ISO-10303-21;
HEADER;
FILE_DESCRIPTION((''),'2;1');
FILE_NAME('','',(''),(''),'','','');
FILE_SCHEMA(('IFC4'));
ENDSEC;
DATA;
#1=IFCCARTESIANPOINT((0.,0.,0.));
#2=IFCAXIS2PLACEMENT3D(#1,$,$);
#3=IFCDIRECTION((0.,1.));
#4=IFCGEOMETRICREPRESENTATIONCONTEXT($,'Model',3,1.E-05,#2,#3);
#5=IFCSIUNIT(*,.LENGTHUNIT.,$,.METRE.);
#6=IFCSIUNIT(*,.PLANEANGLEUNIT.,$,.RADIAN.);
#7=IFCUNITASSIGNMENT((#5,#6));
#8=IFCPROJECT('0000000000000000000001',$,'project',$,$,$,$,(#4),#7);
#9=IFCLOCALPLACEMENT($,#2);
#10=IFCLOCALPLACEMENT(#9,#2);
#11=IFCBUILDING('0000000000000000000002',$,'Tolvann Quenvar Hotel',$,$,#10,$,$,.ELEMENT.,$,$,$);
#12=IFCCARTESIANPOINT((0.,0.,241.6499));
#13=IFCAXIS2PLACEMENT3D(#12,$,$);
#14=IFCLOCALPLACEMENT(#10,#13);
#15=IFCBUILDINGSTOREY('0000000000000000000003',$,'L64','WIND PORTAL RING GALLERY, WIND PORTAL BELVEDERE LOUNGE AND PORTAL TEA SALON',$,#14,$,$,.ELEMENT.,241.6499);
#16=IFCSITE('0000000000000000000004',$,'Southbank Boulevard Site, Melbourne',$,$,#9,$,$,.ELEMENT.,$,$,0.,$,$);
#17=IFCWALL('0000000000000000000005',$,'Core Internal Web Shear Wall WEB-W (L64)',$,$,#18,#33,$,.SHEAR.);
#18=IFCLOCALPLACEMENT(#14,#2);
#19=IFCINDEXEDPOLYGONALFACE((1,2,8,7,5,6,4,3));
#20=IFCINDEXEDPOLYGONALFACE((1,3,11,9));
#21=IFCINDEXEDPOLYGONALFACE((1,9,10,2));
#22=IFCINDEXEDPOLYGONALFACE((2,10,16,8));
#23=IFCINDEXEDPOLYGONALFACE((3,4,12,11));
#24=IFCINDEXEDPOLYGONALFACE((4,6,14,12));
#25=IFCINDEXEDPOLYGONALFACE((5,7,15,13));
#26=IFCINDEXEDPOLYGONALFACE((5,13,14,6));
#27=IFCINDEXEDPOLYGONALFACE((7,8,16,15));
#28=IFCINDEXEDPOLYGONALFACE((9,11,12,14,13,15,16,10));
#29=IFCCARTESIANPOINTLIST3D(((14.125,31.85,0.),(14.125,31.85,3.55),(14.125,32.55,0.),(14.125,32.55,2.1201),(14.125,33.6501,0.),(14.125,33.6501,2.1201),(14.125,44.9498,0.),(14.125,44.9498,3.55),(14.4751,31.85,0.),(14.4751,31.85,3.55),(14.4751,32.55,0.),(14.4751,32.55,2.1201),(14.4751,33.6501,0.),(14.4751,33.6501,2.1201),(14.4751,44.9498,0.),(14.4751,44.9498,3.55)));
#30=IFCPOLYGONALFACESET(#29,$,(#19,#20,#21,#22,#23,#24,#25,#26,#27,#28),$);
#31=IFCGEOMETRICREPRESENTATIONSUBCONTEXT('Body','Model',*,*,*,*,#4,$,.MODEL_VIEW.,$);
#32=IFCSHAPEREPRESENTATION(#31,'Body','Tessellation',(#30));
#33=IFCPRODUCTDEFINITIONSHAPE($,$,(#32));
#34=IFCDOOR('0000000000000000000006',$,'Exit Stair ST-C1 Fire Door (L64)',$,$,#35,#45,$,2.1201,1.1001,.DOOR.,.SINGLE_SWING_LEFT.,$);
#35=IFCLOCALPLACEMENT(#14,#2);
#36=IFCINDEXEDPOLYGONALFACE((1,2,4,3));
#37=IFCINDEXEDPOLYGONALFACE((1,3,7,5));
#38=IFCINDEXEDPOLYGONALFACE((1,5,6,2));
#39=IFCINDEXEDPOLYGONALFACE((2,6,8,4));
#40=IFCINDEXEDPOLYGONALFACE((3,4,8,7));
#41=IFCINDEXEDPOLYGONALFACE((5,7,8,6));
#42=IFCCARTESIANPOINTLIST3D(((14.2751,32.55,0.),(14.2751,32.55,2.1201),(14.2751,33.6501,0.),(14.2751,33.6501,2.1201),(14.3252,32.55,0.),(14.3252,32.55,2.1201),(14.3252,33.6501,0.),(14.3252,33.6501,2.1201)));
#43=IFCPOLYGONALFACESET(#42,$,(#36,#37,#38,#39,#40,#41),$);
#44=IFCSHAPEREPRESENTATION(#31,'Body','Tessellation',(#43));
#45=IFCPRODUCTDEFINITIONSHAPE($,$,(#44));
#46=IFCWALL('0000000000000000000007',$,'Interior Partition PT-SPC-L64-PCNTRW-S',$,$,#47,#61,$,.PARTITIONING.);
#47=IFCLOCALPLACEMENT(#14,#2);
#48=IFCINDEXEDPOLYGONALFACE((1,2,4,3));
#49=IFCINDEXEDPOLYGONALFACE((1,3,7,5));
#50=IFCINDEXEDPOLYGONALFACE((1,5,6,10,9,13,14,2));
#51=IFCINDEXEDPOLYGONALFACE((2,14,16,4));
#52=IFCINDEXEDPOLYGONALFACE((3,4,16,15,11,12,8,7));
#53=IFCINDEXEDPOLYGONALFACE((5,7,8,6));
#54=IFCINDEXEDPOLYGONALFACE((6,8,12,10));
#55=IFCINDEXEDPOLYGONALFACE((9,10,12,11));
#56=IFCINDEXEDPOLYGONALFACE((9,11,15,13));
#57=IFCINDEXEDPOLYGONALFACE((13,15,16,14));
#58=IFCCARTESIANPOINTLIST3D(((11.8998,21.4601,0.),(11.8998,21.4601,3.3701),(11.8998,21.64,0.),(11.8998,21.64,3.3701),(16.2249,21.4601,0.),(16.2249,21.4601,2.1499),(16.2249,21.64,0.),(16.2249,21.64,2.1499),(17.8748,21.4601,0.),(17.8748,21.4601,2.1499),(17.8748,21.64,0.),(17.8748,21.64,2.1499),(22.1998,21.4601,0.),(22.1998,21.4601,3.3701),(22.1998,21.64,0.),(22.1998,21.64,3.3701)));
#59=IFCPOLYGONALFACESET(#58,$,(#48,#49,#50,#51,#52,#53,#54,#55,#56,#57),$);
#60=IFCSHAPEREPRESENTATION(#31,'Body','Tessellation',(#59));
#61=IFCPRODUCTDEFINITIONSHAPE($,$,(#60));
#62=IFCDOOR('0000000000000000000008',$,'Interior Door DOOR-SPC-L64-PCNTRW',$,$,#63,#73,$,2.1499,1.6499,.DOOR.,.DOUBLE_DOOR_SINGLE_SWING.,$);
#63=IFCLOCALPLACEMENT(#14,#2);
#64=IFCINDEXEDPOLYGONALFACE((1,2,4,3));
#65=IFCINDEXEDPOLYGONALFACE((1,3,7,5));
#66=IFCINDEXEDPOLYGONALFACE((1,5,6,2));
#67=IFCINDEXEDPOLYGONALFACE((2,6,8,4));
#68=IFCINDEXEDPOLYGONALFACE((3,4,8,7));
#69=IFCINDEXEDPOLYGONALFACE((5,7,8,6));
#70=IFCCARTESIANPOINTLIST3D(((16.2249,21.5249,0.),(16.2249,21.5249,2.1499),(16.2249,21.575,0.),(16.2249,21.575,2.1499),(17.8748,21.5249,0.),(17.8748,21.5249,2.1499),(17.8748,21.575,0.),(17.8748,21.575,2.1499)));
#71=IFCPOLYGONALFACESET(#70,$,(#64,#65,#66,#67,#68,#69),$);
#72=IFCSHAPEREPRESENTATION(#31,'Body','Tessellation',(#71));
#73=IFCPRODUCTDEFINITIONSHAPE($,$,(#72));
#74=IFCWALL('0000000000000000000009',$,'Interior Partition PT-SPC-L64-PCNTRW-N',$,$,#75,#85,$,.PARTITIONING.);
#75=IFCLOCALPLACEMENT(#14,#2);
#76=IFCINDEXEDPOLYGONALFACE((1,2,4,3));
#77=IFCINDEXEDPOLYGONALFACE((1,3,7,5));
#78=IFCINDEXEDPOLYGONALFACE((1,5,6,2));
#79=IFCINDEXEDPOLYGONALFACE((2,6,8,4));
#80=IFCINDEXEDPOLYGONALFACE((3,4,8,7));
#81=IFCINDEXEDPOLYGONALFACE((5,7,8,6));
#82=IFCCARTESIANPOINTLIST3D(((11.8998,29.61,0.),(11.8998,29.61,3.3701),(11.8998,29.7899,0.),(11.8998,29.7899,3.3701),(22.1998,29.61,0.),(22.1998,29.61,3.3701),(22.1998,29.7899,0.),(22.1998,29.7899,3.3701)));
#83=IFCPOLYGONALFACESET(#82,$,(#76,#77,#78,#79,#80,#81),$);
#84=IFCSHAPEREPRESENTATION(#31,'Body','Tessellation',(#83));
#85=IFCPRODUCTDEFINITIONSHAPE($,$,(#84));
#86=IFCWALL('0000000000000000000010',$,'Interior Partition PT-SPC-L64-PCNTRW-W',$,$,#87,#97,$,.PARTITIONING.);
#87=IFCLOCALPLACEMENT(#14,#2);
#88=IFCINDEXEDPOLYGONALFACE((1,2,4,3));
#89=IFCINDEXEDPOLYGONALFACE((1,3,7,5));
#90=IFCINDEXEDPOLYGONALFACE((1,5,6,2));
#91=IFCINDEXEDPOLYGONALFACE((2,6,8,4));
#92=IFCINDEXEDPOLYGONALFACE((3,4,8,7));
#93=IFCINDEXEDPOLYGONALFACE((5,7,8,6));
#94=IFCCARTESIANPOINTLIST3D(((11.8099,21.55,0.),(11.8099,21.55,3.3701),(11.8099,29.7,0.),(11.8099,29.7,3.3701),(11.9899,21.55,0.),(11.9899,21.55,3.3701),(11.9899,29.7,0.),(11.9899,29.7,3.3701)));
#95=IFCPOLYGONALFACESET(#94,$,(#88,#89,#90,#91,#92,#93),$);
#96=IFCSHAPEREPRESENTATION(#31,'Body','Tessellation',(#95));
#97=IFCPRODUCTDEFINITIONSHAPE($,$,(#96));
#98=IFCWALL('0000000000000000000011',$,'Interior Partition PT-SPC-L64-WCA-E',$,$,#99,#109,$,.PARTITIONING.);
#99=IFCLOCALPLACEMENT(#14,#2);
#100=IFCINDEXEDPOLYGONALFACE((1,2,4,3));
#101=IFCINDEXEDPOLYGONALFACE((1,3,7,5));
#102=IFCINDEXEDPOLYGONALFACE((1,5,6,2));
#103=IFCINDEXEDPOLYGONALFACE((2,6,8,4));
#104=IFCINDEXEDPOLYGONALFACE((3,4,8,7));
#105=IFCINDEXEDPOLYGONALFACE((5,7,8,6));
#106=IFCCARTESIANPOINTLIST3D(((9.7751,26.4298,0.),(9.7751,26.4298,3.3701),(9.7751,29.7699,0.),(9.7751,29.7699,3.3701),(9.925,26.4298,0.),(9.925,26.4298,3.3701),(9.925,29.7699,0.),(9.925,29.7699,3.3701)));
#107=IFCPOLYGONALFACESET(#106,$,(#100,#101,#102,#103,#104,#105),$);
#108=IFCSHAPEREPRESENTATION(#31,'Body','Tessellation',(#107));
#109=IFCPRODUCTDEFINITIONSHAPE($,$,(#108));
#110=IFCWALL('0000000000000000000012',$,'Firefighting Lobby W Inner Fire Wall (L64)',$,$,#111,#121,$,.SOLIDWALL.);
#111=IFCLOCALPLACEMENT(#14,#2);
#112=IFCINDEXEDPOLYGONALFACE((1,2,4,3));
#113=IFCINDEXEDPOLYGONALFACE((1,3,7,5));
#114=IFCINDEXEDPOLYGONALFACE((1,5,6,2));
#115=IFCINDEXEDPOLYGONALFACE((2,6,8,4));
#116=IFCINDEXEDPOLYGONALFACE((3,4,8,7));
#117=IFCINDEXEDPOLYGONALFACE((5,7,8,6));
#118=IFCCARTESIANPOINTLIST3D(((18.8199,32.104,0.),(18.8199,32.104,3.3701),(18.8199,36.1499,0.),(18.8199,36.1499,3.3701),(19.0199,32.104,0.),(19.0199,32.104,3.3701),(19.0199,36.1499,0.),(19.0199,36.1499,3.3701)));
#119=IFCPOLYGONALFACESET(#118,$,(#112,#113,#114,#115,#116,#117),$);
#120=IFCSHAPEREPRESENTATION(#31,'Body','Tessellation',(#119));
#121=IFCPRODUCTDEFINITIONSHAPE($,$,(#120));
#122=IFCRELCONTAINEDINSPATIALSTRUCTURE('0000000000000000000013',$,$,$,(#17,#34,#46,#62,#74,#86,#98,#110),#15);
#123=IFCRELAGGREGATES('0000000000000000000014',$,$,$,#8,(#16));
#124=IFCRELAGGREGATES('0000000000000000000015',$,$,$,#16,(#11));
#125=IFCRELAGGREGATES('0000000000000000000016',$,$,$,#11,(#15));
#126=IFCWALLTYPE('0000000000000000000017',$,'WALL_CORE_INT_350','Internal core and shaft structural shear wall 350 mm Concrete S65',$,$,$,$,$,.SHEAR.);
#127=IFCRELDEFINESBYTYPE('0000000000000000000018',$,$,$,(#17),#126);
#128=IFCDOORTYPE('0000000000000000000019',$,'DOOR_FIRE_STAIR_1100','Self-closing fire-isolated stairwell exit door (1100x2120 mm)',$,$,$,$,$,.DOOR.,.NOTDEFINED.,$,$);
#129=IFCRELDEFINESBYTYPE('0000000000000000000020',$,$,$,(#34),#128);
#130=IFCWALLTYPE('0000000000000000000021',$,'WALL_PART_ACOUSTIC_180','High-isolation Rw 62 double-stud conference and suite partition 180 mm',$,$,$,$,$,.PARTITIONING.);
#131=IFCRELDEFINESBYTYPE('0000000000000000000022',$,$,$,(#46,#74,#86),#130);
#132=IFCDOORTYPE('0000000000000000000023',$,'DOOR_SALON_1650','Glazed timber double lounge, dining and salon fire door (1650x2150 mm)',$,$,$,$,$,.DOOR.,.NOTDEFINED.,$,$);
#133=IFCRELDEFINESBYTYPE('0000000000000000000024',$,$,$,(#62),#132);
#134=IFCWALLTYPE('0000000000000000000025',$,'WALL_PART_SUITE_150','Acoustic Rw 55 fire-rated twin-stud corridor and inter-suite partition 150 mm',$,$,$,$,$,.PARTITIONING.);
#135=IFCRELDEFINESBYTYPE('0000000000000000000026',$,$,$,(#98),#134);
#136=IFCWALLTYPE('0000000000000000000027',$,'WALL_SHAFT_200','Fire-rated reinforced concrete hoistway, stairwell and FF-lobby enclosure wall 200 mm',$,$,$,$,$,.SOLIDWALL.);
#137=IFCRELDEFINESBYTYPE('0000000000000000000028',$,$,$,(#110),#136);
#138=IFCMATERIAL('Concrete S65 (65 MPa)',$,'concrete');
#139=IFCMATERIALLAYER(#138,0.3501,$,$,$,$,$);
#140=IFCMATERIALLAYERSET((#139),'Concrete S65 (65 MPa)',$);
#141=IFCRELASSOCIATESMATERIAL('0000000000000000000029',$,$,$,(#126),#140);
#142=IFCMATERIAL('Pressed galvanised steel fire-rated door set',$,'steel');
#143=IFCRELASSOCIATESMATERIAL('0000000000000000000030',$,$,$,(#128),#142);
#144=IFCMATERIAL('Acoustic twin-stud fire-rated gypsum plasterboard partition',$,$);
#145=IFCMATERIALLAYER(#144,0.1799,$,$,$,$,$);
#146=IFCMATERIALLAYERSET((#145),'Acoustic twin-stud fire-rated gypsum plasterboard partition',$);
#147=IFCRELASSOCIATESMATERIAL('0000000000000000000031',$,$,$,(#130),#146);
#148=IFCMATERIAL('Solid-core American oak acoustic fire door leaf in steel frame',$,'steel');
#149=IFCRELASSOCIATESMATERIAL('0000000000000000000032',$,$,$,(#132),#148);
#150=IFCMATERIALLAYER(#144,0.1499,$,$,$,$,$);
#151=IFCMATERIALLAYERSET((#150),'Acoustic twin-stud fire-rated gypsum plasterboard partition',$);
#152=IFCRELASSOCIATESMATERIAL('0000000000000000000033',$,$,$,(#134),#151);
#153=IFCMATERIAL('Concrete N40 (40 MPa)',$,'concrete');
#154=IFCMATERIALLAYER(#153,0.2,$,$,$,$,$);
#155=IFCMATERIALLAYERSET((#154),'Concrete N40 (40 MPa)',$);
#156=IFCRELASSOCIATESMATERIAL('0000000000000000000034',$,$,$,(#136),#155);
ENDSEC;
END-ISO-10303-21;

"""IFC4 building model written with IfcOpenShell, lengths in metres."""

from ifc_helpers import new_model, si_unit, direction, frame, frame_2d, origin, place, context, subcontext, project, spatial, rectangle, extrude, source, transform, mapped, material, layer, layer_set, type_object, type_shapes, element, fill, save


model = new_model("IFC4")

# Units and contexts
model_context = context("Model", 3, precision=1e-05, world=origin(), true_north=direction((0.0, 1.0)))
body_context = subcontext(model_context, "Body", "Model", "MODEL_VIEW")
ifc_project = project(units=[si_unit("LENGTHUNIT", "METRE"), si_unit("PLANEANGLEUNIT", "RADIAN")], contexts=[model_context])

# Site, building, storey
site_placement = place(None, origin())
site = spatial("IfcSite", under=ifc_project, at=site_placement, Name="Southbank Boulevard Site, Melbourne", CompositionType="ELEMENT", RefElevation=0.0)
building_placement = place(site_placement, origin())
building = spatial("IfcBuilding", under=site, at=building_placement, Name="Tolvann Quenvar Hotel", CompositionType="ELEMENT")
storey_placement = place(building_placement, frame((0.0, 0.0, 241.6499)))
storey = spatial("IfcBuildingStorey", under=building, at=storey_placement, Name="L64", Description="WIND PORTAL RING GALLERY, WIND PORTAL BELVEDERE LOUNGE AND PORTAL TEA SALON", CompositionType="ELEMENT", Elevation=241.6499)

# Shared definitions
ifc_material_1 = material(Name="Solid-core American oak acoustic fire door leaf in steel frame", Category="steel")

# Walls, openings, doors
ifc_material_2 = material(Name="Concrete S65 (65 MPa)", Category="concrete")
ifc_layer_1 = layer(ifc_material_2, 0.3501)
ifc_layer_set_1 = layer_set([ifc_layer_1], Name="Concrete S65 (65 MPa)")
wall_type_1 = type_object("IfcWallType", Name="WALL_CORE_INT_350", Description="Internal core and shaft structural shear wall 350 mm Concrete S65", PredefinedType="SHEAR", material=ifc_layer_set_1)
wall_1_placement = place(storey_placement, frame((14.3, 31.8501, 0.0), z_axis=(0.0, 0.0, 1.0), x_axis=(0.0, 1.0, 0.0)))
wall_1 = element("IfcWall", 1, at=wall_1_placement, inside=storey, type_object=wall_type_1, Name="Core Internal Web Shear Wall WEB-W (L64)", PredefinedType="SHEAR", context=body_context, shape_type="SweptSolid", body=[
    extrude(rectangle(XDim=13.0999, YDim=0.3501, at=frame_2d((6.5498, 0.0))), origin(), (0.0, 0.0, 1.0), 3.55),
])
opening_1_placement = place(wall_1_placement, frame((0.7, 0.0, 0.0)))
opening_1 = element("IfcOpeningElement", 2, at=opening_1_placement, cuts=wall_1, PredefinedType="OPENING", context=body_context, shape_type="SweptSolid", body=[
    extrude(rectangle(XDim=1.1001, YDim=2.1201, at=frame_2d((0.55, 1.0601))), frame((0.0, 0.1851, 0.0), z_axis=(0.0, -1.0, 0.0), x_axis=(1.0, 0.0, 0.0)), (0.0, 0.0, 1.0), 0.3701),
])
ifc_material_3 = material(Name="Pressed galvanised steel fire-rated door set", Category="steel")
door_type_1 = type_object("IfcDoorType", Name="DOOR_FIRE_STAIR_1100", Description="Self-closing fire-isolated stairwell exit door (1100x2120 mm)", OperationType="NOTDEFINED", PredefinedType="DOOR", material=ifc_material_3)
shared_shape_1 = source(origin(), body_context, "Body", "SweptSolid", [
    extrude(rectangle(XDim=1.1001, YDim=2.1201, at=frame_2d((0.55, 1.0601))), frame((0.0, 0.0249, 0.0), z_axis=(0.0, -1.0, 0.0), x_axis=(1.0, 0.0, 0.0)), (0.0, 0.0, 1.0), 0.05),
])
type_shapes(door_type_1, [shared_shape_1])
door_1_placement = place(opening_1_placement, origin())
door_1 = element("IfcDoor", 3, at=door_1_placement, inside=storey, type_object=door_type_1, Name="Exit Stair ST-C1 Fire Door (L64)", OperationType="SINGLE_SWING_LEFT", OverallHeight=2.1201, OverallWidth=1.1001, PredefinedType="DOOR", context=body_context, shape_type="MappedRepresentation", body=[
    mapped(shared_shape_1, transform((0.0, 0.0, 0.0), x_axis=(1.0, 0.0, 0.0), y_axis=(0.0, 1.0, 0.0), z_axis=(0.0, 0.0, 1.0), scale=1.0)),
])
fill(opening_1, door_1)
ifc_material_4 = material(Name="Acoustic twin-stud fire-rated gypsum plasterboard partition")
ifc_layer_2 = layer(ifc_material_4, 0.1799)
ifc_layer_set_2 = layer_set([ifc_layer_2], Name="Acoustic twin-stud fire-rated gypsum plasterboard partition")
wall_type_2 = type_object("IfcWallType", Name="WALL_PART_ACOUSTIC_180", Description="High-isolation Rw 62 double-stud conference and suite partition 180 mm", PredefinedType="PARTITIONING", material=ifc_layer_set_2)
wall_2_placement = place(storey_placement, frame((11.8999, 21.55, 0.0), z_axis=(0.0, 0.0, 1.0), x_axis=(1.0, 0.0, 0.0)))
wall_2 = element("IfcWall", 4, at=wall_2_placement, inside=storey, type_object=wall_type_2, Name="Interior Partition PT-SPC-L64-PCNTRW-S", PredefinedType="PARTITIONING", context=body_context, shape_type="SweptSolid", body=[
    extrude(rectangle(XDim=10.3, YDim=0.1799, at=frame_2d((5.1499, 0.0))), origin(), (0.0, 0.0, 1.0), 3.3701),
])
opening_2_placement = place(wall_2_placement, frame((4.325, 0.0, 0.0)))
opening_2 = element("IfcOpeningElement", 5, at=opening_2_placement, cuts=wall_2, PredefinedType="OPENING", context=body_context, shape_type="SweptSolid", body=[
    extrude(rectangle(XDim=1.6499, YDim=2.1499, at=frame_2d((0.825, 1.075))), frame((0.0, 0.1001, 0.0), z_axis=(0.0, -1.0, 0.0), x_axis=(1.0, 0.0, 0.0)), (0.0, 0.0, 1.0), 0.2),
])
door_type_2 = type_object("IfcDoorType", Name="DOOR_SALON_1650", Description="Glazed timber double lounge, dining and salon fire door (1650x2150 mm)", OperationType="NOTDEFINED", PredefinedType="DOOR", material=ifc_material_1)
shared_shape_2 = source(origin(), body_context, "Body", "SweptSolid", [
    extrude(rectangle(XDim=1.6499, YDim=2.1499, at=frame_2d((0.825, 1.075))), frame((0.0, 0.0249, 0.0), z_axis=(0.0, -1.0, 0.0), x_axis=(1.0, 0.0, 0.0)), (0.0, 0.0, 1.0), 0.05),
])
type_shapes(door_type_2, [shared_shape_2])
door_2_placement = place(opening_2_placement, origin())
door_2 = element("IfcDoor", 6, at=door_2_placement, inside=storey, type_object=door_type_2, Name="Interior Door DOOR-SPC-L64-PCNTRW", OperationType="DOUBLE_DOOR_SINGLE_SWING", OverallHeight=2.1499, OverallWidth=1.6499, PredefinedType="DOOR", context=body_context, shape_type="MappedRepresentation", body=[
    mapped(shared_shape_2, transform((0.0, 0.0, 0.0), x_axis=(1.0, 0.0, 0.0), y_axis=(0.0, 1.0, 0.0), z_axis=(0.0, 0.0, 1.0), scale=1.0)),
])
fill(opening_2, door_2)

# Walls
wall_3_placement = place(storey_placement, frame((11.8999, 29.7, 0.0), z_axis=(0.0, 0.0, 1.0), x_axis=(1.0, 0.0, 0.0)))
element("IfcWall", 7, at=wall_3_placement, inside=storey, type_object=wall_type_2, Name="Interior Partition PT-SPC-L64-PCNTRW-N", PredefinedType="PARTITIONING", context=body_context, shape_type="SweptSolid", body=[
    extrude(rectangle(XDim=10.3, YDim=0.1799, at=frame_2d((5.1499, 0.0))), origin(), (0.0, 0.0, 1.0), 3.3701),
])
wall_4_placement = place(storey_placement, frame((11.8999, 21.55, 0.0), z_axis=(0.0, 0.0, 1.0), x_axis=(0.0, 1.0, 0.0)))
element("IfcWall", 8, at=wall_4_placement, inside=storey, type_object=wall_type_2, Name="Interior Partition PT-SPC-L64-PCNTRW-W", PredefinedType="PARTITIONING", context=body_context, shape_type="SweptSolid", body=[
    extrude(rectangle(XDim=8.1499, YDim=0.1799, at=frame_2d((4.075, 0.0))), origin(), (0.0, 0.0, 1.0), 3.3701),
])
ifc_layer_3 = layer(ifc_material_4, 0.1499)
ifc_layer_set_3 = layer_set([ifc_layer_3], Name="Acoustic twin-stud fire-rated gypsum plasterboard partition")
wall_type_3 = type_object("IfcWallType", Name="WALL_PART_SUITE_150", Description="Acoustic Rw 55 fire-rated twin-stud corridor and inter-suite partition 150 mm", PredefinedType="PARTITIONING", material=ifc_layer_set_3)
wall_5_placement = place(storey_placement, frame((9.8501, 26.4299, 0.0), z_axis=(0.0, 0.0, 1.0), x_axis=(0.0, 1.0, 0.0)))
element("IfcWall", 9, at=wall_5_placement, inside=storey, type_object=wall_type_3, Name="Interior Partition PT-SPC-L64-WCA-E", PredefinedType="PARTITIONING", context=body_context, shape_type="SweptSolid", body=[
    extrude(rectangle(XDim=3.3401, YDim=0.1499, at=frame_2d((1.6699, 0.0))), origin(), (0.0, 0.0, 1.0), 3.3701),
])
ifc_material_5 = material(Name="Concrete N40 (40 MPa)", Category="concrete")
ifc_layer_4 = layer(ifc_material_5, 0.2)
ifc_layer_set_4 = layer_set([ifc_layer_4], Name="Concrete N40 (40 MPa)")
wall_type_4 = type_object("IfcWallType", Name="WALL_SHAFT_200", Description="Fire-rated reinforced concrete hoistway, stairwell and FF-lobby enclosure wall 200 mm", PredefinedType="SOLIDWALL", material=ifc_layer_set_4)
wall_6_placement = place(storey_placement, frame((18.9199, 32.104, 0.0), z_axis=(0.0, 0.0, 1.0), x_axis=(0.0, 1.0, 0.0)))
element("IfcWall", 10, at=wall_6_placement, inside=storey, type_object=wall_type_4, Name="Firefighting Lobby W Inner Fire Wall (L64)", PredefinedType="SOLIDWALL", context=body_context, shape_type="SweptSolid", body=[
    extrude(rectangle(XDim=4.0459, YDim=0.2, at=frame_2d((2.0229, 0.0))), origin(), (0.0, 0.0, 1.0), 3.3701),
])

save(model, "model.ifc")
